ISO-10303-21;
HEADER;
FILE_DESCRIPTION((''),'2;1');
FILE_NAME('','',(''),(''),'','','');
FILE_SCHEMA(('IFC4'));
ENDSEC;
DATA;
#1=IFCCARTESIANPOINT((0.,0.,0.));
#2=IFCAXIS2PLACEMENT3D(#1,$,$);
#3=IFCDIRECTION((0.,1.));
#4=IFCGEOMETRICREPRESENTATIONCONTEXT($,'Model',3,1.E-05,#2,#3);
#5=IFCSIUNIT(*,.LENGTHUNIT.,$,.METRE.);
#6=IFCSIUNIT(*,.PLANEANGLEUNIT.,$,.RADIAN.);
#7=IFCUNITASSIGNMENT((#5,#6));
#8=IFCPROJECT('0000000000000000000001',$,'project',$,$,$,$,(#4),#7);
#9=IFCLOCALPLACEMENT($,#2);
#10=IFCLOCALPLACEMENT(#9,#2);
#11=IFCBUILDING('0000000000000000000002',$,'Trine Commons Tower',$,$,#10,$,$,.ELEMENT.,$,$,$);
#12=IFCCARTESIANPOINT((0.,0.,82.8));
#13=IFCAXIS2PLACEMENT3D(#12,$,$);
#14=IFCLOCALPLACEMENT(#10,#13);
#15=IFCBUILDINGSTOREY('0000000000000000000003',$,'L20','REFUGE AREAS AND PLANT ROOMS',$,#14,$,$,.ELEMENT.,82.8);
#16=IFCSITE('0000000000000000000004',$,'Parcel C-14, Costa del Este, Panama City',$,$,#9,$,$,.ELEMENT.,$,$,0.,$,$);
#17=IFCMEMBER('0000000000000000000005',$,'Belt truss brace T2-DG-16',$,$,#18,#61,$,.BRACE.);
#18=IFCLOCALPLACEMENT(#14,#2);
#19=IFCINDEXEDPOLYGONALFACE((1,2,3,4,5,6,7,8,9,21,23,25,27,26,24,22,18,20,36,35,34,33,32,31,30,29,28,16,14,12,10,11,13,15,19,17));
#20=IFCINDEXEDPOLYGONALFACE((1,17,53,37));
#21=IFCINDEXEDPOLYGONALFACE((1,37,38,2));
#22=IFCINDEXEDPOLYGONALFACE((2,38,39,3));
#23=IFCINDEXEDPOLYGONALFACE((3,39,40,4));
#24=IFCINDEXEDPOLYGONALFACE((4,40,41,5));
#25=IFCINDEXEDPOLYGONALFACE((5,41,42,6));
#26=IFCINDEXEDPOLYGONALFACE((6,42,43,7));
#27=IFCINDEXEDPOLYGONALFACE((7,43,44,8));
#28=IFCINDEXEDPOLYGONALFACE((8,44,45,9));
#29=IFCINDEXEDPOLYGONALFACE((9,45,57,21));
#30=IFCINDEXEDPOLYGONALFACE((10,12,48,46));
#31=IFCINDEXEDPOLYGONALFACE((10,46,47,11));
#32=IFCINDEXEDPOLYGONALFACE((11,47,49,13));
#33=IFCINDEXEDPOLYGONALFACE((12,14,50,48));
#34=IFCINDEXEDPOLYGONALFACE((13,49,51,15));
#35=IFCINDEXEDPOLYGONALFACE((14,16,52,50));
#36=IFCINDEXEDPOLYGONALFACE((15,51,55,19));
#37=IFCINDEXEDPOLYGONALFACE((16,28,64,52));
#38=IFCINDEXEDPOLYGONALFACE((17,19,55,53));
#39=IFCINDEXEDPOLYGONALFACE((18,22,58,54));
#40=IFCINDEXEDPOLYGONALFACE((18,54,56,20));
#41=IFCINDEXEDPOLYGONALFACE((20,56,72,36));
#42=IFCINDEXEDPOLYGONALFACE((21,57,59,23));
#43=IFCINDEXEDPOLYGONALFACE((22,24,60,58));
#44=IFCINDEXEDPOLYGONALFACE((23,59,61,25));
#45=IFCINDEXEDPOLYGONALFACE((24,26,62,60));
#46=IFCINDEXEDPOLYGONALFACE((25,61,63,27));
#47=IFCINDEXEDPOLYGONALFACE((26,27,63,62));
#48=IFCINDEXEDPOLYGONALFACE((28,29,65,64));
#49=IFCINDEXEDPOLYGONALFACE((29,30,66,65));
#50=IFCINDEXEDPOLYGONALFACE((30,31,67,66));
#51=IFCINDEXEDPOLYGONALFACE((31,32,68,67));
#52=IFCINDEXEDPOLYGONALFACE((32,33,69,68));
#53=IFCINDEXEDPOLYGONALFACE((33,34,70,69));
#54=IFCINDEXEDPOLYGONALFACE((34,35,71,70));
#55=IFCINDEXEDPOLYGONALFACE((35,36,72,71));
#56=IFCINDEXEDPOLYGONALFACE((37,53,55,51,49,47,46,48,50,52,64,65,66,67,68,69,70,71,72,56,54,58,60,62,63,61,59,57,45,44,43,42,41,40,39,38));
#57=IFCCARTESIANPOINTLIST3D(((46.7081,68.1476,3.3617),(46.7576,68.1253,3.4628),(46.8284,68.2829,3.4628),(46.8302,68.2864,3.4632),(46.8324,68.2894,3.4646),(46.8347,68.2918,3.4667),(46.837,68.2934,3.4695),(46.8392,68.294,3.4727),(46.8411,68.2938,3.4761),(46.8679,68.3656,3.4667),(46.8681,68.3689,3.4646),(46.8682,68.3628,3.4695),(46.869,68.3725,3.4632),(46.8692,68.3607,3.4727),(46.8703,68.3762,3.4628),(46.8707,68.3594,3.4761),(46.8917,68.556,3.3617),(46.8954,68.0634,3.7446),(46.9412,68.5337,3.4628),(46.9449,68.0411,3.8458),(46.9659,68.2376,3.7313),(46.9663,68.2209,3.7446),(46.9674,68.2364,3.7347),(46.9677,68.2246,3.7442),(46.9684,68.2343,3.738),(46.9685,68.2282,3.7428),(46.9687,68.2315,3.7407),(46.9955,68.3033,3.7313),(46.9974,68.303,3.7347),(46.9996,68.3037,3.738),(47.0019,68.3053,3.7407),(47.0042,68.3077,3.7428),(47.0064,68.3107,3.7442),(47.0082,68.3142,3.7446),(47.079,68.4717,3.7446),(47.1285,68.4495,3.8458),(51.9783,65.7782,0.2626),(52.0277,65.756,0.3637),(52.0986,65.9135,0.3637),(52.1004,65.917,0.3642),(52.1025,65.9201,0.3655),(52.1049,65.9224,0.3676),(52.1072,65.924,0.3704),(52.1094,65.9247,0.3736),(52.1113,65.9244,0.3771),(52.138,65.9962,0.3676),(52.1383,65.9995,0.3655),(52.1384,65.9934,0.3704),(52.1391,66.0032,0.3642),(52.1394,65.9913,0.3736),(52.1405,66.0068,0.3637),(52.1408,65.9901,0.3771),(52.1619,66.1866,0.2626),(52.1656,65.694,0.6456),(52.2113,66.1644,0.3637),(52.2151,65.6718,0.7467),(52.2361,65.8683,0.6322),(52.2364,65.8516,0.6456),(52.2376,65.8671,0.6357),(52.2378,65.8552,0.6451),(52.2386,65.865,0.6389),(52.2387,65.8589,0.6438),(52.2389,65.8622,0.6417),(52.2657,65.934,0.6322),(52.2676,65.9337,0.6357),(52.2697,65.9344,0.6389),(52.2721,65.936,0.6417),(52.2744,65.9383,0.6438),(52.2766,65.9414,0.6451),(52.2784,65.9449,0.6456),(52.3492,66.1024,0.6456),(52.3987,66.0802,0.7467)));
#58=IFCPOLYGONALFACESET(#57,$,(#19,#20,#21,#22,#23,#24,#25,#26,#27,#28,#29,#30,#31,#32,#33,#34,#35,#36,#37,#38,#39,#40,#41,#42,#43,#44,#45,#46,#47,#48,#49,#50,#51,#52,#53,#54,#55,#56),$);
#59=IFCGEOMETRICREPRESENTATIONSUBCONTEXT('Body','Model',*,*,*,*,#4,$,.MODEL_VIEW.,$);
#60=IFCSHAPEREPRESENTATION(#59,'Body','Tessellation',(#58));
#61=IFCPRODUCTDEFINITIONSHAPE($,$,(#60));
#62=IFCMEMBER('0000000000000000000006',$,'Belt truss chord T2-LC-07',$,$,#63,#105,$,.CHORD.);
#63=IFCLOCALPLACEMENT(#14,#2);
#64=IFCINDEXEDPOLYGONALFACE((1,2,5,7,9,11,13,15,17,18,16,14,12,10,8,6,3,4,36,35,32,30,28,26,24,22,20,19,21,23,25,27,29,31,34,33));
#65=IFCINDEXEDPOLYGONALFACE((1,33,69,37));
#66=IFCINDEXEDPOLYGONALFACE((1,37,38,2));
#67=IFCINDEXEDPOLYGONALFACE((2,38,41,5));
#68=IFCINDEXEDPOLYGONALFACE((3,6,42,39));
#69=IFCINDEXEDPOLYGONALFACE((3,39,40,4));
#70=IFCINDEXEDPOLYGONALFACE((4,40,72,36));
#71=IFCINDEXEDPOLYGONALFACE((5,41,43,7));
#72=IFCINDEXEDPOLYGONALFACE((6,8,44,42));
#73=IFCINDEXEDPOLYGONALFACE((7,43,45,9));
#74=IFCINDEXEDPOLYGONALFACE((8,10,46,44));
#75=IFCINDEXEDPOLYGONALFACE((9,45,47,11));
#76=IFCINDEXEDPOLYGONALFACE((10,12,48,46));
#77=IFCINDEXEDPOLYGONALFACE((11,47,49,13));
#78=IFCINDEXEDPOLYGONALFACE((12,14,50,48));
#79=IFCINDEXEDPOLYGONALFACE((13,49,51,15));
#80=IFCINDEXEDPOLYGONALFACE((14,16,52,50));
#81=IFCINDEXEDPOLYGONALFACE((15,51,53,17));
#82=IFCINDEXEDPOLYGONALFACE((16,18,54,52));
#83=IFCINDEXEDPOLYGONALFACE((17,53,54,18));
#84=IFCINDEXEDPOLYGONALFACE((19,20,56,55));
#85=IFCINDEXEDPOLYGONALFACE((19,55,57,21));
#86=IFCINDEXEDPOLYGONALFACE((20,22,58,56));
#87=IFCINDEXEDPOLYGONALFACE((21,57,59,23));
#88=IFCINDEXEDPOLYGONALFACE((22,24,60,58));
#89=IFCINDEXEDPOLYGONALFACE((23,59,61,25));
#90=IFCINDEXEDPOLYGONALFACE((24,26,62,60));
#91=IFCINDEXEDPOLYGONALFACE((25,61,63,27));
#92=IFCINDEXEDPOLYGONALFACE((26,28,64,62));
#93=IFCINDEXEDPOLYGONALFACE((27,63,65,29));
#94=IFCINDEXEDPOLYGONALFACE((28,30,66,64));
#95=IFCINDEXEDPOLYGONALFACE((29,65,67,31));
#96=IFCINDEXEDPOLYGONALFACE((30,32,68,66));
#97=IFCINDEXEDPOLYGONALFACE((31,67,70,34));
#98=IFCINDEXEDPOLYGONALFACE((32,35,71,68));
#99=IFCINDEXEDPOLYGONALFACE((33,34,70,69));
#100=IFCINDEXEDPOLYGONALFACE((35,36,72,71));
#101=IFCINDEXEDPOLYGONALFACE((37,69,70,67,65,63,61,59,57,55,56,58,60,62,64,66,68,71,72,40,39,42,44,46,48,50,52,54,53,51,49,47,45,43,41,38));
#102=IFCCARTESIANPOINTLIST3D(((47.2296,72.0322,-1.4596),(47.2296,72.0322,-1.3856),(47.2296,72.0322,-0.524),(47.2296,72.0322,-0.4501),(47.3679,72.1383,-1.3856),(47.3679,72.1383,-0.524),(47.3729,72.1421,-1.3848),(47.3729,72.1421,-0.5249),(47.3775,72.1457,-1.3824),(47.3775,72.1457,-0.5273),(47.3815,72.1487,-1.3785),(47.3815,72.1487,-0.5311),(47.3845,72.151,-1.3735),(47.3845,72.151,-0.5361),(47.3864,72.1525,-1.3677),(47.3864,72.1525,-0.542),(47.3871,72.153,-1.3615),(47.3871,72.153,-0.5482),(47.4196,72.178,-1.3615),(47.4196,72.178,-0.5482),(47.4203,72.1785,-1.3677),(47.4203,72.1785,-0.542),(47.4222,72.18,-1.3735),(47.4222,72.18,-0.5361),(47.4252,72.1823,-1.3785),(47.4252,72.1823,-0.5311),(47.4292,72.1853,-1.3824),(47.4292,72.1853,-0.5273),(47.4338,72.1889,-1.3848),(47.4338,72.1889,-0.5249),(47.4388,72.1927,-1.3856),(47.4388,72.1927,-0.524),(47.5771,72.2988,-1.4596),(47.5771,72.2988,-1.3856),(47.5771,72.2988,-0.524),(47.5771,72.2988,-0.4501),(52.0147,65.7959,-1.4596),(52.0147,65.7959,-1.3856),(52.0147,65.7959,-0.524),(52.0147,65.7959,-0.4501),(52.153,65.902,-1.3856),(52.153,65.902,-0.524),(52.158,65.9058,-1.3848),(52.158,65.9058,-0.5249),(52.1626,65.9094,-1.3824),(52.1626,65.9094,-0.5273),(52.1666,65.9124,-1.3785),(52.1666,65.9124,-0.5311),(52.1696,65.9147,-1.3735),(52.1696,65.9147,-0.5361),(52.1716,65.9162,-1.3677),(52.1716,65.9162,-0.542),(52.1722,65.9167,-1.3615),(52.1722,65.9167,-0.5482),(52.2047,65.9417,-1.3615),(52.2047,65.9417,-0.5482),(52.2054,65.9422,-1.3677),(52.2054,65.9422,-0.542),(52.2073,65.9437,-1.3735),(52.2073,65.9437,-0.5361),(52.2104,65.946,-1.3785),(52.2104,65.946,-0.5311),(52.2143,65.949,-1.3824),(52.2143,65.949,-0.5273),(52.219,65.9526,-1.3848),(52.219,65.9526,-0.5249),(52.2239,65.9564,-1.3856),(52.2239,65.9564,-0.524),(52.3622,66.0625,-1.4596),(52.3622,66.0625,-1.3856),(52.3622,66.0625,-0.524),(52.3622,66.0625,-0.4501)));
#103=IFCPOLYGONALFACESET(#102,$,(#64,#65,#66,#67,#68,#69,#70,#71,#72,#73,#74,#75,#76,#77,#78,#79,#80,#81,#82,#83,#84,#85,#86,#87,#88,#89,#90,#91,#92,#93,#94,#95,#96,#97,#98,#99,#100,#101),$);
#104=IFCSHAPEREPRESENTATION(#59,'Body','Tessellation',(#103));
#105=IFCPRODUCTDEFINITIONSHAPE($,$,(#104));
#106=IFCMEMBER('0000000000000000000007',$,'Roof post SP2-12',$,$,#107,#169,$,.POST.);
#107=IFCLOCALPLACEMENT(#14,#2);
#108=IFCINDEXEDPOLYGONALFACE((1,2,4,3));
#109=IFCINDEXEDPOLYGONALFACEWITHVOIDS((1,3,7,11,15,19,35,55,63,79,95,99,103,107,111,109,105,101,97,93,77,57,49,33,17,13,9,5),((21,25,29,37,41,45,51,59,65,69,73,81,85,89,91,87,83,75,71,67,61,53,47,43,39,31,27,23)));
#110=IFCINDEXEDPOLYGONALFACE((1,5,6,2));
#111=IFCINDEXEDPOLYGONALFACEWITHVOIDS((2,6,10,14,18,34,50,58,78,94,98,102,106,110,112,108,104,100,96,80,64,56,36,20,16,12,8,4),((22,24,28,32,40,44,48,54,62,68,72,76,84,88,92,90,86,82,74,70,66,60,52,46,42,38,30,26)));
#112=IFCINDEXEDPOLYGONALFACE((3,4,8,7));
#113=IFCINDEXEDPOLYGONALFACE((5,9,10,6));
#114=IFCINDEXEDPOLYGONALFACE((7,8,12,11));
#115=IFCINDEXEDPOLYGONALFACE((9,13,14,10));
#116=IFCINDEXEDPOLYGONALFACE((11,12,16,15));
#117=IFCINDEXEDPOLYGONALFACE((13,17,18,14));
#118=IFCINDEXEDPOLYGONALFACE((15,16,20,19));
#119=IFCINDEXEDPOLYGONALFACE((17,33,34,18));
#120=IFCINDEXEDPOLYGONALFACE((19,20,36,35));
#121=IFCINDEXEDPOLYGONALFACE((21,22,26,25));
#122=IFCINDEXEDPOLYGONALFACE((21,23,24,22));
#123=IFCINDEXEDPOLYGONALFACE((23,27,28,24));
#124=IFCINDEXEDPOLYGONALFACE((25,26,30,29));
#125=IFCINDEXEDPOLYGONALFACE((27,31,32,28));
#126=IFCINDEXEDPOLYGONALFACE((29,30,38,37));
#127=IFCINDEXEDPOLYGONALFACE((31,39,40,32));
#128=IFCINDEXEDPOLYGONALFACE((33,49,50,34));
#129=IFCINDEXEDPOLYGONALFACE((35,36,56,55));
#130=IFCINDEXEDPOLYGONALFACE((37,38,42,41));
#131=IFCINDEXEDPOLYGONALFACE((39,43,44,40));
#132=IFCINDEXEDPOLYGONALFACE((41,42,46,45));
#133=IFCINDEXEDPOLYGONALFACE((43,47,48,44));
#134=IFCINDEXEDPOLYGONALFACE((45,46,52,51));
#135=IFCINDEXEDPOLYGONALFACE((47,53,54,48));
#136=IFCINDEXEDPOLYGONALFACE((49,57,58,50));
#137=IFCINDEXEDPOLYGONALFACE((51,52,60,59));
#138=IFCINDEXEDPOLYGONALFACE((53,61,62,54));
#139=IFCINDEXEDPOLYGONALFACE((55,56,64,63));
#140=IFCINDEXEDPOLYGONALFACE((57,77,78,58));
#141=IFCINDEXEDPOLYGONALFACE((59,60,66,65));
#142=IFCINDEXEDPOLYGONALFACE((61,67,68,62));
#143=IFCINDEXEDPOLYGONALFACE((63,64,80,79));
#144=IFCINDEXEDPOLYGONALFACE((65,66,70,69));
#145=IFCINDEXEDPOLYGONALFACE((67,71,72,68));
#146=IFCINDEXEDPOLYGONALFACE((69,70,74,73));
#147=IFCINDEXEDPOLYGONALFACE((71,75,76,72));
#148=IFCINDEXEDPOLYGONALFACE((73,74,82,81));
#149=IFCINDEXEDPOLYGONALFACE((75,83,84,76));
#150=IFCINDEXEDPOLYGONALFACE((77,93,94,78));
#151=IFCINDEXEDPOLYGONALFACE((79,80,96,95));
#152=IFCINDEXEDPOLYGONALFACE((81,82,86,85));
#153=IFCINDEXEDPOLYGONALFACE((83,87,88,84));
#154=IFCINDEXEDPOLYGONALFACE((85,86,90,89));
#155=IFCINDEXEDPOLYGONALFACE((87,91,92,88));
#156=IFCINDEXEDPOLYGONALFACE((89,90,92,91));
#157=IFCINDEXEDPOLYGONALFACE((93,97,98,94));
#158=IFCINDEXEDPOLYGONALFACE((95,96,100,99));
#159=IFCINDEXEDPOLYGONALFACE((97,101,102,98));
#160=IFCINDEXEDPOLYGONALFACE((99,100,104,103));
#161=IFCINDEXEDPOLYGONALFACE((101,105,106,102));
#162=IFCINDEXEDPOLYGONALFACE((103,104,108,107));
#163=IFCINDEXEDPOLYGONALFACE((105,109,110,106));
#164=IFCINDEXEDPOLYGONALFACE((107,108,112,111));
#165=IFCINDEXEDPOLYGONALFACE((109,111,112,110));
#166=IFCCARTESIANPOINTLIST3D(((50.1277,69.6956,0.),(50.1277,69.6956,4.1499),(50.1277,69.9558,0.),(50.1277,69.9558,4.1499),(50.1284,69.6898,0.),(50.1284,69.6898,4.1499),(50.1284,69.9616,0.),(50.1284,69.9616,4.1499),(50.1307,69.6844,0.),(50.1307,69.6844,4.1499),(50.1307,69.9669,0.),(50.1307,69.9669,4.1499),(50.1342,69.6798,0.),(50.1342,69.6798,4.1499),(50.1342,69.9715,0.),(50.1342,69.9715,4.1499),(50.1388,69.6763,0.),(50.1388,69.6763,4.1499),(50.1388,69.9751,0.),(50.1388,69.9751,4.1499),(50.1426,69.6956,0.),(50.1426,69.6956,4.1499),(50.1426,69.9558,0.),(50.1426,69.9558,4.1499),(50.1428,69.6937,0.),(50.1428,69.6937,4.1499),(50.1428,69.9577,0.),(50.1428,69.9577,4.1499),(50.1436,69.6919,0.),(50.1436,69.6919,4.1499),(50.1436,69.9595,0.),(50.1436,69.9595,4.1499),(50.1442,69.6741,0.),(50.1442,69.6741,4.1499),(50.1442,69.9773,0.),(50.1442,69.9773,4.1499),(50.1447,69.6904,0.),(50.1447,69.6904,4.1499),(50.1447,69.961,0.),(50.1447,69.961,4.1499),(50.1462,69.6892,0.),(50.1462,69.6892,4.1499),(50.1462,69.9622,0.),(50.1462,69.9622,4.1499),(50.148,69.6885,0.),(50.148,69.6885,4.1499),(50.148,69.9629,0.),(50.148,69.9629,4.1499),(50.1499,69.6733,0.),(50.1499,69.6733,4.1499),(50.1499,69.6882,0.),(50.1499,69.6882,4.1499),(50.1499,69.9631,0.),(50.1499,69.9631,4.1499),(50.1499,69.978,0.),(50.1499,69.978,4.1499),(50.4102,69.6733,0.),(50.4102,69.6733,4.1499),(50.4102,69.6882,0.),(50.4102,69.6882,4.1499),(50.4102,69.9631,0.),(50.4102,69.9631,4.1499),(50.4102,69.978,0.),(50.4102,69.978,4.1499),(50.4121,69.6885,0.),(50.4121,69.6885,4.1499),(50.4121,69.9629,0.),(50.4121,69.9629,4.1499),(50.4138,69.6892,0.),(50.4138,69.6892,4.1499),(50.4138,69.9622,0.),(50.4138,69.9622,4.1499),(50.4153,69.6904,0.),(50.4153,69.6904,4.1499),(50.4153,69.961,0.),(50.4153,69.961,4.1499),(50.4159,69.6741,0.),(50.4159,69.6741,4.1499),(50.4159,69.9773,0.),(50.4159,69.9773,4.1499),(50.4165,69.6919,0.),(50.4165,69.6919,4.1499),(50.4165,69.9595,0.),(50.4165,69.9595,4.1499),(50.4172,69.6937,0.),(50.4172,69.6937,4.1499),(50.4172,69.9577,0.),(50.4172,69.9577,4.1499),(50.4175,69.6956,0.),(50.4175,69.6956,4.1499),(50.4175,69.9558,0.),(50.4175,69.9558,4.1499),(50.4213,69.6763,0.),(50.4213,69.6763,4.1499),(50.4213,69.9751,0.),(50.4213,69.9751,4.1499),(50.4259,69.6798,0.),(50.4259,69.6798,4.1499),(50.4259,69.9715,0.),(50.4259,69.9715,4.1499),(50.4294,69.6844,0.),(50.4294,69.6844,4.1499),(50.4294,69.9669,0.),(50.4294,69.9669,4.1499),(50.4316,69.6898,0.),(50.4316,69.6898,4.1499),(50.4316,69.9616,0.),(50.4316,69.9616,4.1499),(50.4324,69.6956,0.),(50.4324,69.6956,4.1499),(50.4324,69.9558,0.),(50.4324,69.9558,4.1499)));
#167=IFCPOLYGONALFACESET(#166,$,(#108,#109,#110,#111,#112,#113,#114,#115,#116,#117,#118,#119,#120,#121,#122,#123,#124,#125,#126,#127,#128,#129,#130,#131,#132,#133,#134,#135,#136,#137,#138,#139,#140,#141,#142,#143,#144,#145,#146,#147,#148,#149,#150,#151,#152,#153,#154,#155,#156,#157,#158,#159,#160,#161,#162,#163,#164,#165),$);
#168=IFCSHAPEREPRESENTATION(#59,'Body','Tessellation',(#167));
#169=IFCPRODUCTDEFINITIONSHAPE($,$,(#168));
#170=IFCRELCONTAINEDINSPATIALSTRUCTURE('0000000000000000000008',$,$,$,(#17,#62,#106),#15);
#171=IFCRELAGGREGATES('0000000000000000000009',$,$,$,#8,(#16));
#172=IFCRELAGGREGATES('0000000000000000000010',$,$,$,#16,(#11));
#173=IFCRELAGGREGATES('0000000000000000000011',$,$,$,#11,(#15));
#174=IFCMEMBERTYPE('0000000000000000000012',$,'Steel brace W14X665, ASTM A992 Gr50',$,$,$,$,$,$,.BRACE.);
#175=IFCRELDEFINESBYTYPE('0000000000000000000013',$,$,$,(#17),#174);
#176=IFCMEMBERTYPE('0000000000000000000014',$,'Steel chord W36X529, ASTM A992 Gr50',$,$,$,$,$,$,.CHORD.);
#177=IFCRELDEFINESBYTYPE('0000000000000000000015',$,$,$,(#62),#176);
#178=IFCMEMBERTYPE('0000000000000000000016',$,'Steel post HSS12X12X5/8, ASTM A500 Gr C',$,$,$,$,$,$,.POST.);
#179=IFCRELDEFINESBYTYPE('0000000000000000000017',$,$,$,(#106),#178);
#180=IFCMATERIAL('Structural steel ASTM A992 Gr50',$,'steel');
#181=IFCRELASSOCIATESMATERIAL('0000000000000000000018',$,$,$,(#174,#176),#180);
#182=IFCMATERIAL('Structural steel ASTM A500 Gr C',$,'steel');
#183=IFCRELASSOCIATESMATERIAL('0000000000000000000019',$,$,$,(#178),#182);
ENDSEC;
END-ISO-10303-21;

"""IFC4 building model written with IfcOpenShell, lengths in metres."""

from ifc_helpers import new_model, si_unit, direction, frame, origin, origin_2d, place, context, subcontext, project, spatial, hollow_rectangle, i_section, extrude, material, material_profile, profile_set, type_object, element, save


model = new_model("IFC4")

# Units and contexts
model_context = context("Model", 3, precision=1e-05, world=origin(), true_north=direction((0.0, 1.0)))
body_context = subcontext(model_context, "Body", "Model", "MODEL_VIEW")
ifc_project = project(units=[si_unit("LENGTHUNIT", "METRE"), si_unit("PLANEANGLEUNIT", "RADIAN")], contexts=[model_context])

# Site, building, storey
site_placement = place(None, origin())
site = spatial("IfcSite", under=ifc_project, at=site_placement, Name="Parcel C-14, Costa del Este, Panama City", CompositionType="ELEMENT", RefElevation=0.0)
building_placement = place(site_placement, origin())
building = spatial("IfcBuilding", under=site, at=building_placement, Name="Trine Commons Tower", CompositionType="ELEMENT")
storey_placement = place(building_placement, frame((0.0, 0.0, 82.8)))
storey = spatial("IfcBuildingStorey", under=building, at=storey_placement, Name="L20", Description="REFUGE AREAS AND PLANT ROOMS", CompositionType="ELEMENT", Elevation=82.8)

# Shared definitions
ifc_material_1 = material(Name="Structural steel ASTM A992 Gr50", Category="steel")

# Members
ifc_material_profile_1 = material_profile(ifc_material_1, i_section(OverallWidth=0.4478, OverallDepth=0.5493, WebThickness=0.072, FlangeThickness=0.1147, FilletRadius=0.0151, at=origin_2d()), Name="W14X665")
ifc_profile_set_1 = profile_set([ifc_material_profile_1], Name="Structural steel ASTM A992 Gr50")
member_type_1 = type_object("IfcMemberType", Name="Steel brace W14X665, ASTM A992 Gr50", PredefinedType="BRACE", material=ifc_profile_set_1)
member_1_placement = place(storey_placement, frame((52.1885, 65.9292, 0.5046), z_axis=(-0.803762, 0.361352, 0.472643), x_axis=(-0.410043, -0.912066, 0.0)))
element("IfcMember", 1, at=member_1_placement, inside=storey, type_object=member_type_1, Name="Belt truss brace T2-DG-16", PredefinedType="BRACE", context=body_context, shape_type="SweptSolid", body=[
    extrude(i_section(OverallWidth=0.4478, OverallDepth=0.5493, WebThickness=0.072, FlangeThickness=0.1147, FilletRadius=0.0151, at=origin_2d()), origin(), (0.0, 0.0, 1.0), 6.5569),
])
ifc_material_profile_2 = material_profile(ifc_material_1, i_section(OverallWidth=0.438, OverallDepth=1.0095, WebThickness=0.041, FlangeThickness=0.074, FilletRadius=0.0242, at=origin_2d()), Name="W36X529")
ifc_profile_set_2 = profile_set([ifc_material_profile_2], Name="Structural steel ASTM A992 Gr50")
member_type_2 = type_object("IfcMemberType", Name="Steel chord W36X529, ASTM A992 Gr50", PredefinedType="CHORD", material=ifc_profile_set_2)
member_2_placement = place(storey_placement, frame((52.1885, 65.9292, -0.9548), z_axis=(-0.60875, 0.793362, 0.0), x_axis=(-0.793362, -0.60875, 0.0)))
element("IfcMember", 2, at=member_2_placement, inside=storey, type_object=member_type_2, Name="Belt truss chord T2-LC-07", PredefinedType="CHORD", context=body_context, shape_type="SweptSolid", body=[
    extrude(i_section(OverallWidth=0.438, OverallDepth=1.0095, WebThickness=0.041, FlangeThickness=0.074, FilletRadius=0.0242, at=origin_2d()), origin(), (0.0, 0.0, 1.0), 7.8606),
])
ifc_material_2 = material(Name="Structural steel ASTM A500 Gr C", Category="steel")
ifc_material_profile_3 = material_profile(ifc_material_2, hollow_rectangle(XDim=0.3047, YDim=0.3047, WallThickness=0.0149, InnerFilletRadius=0.0073, OuterFilletRadius=0.0222, at=origin_2d()), Name="HSS12X12X5/8")
ifc_profile_set_3 = profile_set([ifc_material_profile_3], Name="Structural steel ASTM A500 Gr C")
member_type_3 = type_object("IfcMemberType", Name="Steel post HSS12X12X5/8, ASTM A500 Gr C", PredefinedType="POST", material=ifc_profile_set_3)
for number, where, z_axis, x_axis, name in (
    (3, (50.28, 69.8257, 0.0), (0.0, 0.0, 1.0), (1.0, 0.0, 0.0), "Roof post SP2-12"),
):
    element("IfcMember", number, at=place(storey_placement, frame(where, z_axis=z_axis, x_axis=x_axis)), inside=storey, type_object=member_type_3, Name=name, PredefinedType="POST", context=body_context, shape_type="SweptSolid", body=[
        extrude(hollow_rectangle(XDim=0.3047, YDim=0.3047, WallThickness=0.0149, InnerFilletRadius=0.0073, OuterFilletRadius=0.0222, at=origin_2d()), origin(), (0.0, 0.0, 1.0), 4.1499),
    ])

save(model, "model.ifc")
